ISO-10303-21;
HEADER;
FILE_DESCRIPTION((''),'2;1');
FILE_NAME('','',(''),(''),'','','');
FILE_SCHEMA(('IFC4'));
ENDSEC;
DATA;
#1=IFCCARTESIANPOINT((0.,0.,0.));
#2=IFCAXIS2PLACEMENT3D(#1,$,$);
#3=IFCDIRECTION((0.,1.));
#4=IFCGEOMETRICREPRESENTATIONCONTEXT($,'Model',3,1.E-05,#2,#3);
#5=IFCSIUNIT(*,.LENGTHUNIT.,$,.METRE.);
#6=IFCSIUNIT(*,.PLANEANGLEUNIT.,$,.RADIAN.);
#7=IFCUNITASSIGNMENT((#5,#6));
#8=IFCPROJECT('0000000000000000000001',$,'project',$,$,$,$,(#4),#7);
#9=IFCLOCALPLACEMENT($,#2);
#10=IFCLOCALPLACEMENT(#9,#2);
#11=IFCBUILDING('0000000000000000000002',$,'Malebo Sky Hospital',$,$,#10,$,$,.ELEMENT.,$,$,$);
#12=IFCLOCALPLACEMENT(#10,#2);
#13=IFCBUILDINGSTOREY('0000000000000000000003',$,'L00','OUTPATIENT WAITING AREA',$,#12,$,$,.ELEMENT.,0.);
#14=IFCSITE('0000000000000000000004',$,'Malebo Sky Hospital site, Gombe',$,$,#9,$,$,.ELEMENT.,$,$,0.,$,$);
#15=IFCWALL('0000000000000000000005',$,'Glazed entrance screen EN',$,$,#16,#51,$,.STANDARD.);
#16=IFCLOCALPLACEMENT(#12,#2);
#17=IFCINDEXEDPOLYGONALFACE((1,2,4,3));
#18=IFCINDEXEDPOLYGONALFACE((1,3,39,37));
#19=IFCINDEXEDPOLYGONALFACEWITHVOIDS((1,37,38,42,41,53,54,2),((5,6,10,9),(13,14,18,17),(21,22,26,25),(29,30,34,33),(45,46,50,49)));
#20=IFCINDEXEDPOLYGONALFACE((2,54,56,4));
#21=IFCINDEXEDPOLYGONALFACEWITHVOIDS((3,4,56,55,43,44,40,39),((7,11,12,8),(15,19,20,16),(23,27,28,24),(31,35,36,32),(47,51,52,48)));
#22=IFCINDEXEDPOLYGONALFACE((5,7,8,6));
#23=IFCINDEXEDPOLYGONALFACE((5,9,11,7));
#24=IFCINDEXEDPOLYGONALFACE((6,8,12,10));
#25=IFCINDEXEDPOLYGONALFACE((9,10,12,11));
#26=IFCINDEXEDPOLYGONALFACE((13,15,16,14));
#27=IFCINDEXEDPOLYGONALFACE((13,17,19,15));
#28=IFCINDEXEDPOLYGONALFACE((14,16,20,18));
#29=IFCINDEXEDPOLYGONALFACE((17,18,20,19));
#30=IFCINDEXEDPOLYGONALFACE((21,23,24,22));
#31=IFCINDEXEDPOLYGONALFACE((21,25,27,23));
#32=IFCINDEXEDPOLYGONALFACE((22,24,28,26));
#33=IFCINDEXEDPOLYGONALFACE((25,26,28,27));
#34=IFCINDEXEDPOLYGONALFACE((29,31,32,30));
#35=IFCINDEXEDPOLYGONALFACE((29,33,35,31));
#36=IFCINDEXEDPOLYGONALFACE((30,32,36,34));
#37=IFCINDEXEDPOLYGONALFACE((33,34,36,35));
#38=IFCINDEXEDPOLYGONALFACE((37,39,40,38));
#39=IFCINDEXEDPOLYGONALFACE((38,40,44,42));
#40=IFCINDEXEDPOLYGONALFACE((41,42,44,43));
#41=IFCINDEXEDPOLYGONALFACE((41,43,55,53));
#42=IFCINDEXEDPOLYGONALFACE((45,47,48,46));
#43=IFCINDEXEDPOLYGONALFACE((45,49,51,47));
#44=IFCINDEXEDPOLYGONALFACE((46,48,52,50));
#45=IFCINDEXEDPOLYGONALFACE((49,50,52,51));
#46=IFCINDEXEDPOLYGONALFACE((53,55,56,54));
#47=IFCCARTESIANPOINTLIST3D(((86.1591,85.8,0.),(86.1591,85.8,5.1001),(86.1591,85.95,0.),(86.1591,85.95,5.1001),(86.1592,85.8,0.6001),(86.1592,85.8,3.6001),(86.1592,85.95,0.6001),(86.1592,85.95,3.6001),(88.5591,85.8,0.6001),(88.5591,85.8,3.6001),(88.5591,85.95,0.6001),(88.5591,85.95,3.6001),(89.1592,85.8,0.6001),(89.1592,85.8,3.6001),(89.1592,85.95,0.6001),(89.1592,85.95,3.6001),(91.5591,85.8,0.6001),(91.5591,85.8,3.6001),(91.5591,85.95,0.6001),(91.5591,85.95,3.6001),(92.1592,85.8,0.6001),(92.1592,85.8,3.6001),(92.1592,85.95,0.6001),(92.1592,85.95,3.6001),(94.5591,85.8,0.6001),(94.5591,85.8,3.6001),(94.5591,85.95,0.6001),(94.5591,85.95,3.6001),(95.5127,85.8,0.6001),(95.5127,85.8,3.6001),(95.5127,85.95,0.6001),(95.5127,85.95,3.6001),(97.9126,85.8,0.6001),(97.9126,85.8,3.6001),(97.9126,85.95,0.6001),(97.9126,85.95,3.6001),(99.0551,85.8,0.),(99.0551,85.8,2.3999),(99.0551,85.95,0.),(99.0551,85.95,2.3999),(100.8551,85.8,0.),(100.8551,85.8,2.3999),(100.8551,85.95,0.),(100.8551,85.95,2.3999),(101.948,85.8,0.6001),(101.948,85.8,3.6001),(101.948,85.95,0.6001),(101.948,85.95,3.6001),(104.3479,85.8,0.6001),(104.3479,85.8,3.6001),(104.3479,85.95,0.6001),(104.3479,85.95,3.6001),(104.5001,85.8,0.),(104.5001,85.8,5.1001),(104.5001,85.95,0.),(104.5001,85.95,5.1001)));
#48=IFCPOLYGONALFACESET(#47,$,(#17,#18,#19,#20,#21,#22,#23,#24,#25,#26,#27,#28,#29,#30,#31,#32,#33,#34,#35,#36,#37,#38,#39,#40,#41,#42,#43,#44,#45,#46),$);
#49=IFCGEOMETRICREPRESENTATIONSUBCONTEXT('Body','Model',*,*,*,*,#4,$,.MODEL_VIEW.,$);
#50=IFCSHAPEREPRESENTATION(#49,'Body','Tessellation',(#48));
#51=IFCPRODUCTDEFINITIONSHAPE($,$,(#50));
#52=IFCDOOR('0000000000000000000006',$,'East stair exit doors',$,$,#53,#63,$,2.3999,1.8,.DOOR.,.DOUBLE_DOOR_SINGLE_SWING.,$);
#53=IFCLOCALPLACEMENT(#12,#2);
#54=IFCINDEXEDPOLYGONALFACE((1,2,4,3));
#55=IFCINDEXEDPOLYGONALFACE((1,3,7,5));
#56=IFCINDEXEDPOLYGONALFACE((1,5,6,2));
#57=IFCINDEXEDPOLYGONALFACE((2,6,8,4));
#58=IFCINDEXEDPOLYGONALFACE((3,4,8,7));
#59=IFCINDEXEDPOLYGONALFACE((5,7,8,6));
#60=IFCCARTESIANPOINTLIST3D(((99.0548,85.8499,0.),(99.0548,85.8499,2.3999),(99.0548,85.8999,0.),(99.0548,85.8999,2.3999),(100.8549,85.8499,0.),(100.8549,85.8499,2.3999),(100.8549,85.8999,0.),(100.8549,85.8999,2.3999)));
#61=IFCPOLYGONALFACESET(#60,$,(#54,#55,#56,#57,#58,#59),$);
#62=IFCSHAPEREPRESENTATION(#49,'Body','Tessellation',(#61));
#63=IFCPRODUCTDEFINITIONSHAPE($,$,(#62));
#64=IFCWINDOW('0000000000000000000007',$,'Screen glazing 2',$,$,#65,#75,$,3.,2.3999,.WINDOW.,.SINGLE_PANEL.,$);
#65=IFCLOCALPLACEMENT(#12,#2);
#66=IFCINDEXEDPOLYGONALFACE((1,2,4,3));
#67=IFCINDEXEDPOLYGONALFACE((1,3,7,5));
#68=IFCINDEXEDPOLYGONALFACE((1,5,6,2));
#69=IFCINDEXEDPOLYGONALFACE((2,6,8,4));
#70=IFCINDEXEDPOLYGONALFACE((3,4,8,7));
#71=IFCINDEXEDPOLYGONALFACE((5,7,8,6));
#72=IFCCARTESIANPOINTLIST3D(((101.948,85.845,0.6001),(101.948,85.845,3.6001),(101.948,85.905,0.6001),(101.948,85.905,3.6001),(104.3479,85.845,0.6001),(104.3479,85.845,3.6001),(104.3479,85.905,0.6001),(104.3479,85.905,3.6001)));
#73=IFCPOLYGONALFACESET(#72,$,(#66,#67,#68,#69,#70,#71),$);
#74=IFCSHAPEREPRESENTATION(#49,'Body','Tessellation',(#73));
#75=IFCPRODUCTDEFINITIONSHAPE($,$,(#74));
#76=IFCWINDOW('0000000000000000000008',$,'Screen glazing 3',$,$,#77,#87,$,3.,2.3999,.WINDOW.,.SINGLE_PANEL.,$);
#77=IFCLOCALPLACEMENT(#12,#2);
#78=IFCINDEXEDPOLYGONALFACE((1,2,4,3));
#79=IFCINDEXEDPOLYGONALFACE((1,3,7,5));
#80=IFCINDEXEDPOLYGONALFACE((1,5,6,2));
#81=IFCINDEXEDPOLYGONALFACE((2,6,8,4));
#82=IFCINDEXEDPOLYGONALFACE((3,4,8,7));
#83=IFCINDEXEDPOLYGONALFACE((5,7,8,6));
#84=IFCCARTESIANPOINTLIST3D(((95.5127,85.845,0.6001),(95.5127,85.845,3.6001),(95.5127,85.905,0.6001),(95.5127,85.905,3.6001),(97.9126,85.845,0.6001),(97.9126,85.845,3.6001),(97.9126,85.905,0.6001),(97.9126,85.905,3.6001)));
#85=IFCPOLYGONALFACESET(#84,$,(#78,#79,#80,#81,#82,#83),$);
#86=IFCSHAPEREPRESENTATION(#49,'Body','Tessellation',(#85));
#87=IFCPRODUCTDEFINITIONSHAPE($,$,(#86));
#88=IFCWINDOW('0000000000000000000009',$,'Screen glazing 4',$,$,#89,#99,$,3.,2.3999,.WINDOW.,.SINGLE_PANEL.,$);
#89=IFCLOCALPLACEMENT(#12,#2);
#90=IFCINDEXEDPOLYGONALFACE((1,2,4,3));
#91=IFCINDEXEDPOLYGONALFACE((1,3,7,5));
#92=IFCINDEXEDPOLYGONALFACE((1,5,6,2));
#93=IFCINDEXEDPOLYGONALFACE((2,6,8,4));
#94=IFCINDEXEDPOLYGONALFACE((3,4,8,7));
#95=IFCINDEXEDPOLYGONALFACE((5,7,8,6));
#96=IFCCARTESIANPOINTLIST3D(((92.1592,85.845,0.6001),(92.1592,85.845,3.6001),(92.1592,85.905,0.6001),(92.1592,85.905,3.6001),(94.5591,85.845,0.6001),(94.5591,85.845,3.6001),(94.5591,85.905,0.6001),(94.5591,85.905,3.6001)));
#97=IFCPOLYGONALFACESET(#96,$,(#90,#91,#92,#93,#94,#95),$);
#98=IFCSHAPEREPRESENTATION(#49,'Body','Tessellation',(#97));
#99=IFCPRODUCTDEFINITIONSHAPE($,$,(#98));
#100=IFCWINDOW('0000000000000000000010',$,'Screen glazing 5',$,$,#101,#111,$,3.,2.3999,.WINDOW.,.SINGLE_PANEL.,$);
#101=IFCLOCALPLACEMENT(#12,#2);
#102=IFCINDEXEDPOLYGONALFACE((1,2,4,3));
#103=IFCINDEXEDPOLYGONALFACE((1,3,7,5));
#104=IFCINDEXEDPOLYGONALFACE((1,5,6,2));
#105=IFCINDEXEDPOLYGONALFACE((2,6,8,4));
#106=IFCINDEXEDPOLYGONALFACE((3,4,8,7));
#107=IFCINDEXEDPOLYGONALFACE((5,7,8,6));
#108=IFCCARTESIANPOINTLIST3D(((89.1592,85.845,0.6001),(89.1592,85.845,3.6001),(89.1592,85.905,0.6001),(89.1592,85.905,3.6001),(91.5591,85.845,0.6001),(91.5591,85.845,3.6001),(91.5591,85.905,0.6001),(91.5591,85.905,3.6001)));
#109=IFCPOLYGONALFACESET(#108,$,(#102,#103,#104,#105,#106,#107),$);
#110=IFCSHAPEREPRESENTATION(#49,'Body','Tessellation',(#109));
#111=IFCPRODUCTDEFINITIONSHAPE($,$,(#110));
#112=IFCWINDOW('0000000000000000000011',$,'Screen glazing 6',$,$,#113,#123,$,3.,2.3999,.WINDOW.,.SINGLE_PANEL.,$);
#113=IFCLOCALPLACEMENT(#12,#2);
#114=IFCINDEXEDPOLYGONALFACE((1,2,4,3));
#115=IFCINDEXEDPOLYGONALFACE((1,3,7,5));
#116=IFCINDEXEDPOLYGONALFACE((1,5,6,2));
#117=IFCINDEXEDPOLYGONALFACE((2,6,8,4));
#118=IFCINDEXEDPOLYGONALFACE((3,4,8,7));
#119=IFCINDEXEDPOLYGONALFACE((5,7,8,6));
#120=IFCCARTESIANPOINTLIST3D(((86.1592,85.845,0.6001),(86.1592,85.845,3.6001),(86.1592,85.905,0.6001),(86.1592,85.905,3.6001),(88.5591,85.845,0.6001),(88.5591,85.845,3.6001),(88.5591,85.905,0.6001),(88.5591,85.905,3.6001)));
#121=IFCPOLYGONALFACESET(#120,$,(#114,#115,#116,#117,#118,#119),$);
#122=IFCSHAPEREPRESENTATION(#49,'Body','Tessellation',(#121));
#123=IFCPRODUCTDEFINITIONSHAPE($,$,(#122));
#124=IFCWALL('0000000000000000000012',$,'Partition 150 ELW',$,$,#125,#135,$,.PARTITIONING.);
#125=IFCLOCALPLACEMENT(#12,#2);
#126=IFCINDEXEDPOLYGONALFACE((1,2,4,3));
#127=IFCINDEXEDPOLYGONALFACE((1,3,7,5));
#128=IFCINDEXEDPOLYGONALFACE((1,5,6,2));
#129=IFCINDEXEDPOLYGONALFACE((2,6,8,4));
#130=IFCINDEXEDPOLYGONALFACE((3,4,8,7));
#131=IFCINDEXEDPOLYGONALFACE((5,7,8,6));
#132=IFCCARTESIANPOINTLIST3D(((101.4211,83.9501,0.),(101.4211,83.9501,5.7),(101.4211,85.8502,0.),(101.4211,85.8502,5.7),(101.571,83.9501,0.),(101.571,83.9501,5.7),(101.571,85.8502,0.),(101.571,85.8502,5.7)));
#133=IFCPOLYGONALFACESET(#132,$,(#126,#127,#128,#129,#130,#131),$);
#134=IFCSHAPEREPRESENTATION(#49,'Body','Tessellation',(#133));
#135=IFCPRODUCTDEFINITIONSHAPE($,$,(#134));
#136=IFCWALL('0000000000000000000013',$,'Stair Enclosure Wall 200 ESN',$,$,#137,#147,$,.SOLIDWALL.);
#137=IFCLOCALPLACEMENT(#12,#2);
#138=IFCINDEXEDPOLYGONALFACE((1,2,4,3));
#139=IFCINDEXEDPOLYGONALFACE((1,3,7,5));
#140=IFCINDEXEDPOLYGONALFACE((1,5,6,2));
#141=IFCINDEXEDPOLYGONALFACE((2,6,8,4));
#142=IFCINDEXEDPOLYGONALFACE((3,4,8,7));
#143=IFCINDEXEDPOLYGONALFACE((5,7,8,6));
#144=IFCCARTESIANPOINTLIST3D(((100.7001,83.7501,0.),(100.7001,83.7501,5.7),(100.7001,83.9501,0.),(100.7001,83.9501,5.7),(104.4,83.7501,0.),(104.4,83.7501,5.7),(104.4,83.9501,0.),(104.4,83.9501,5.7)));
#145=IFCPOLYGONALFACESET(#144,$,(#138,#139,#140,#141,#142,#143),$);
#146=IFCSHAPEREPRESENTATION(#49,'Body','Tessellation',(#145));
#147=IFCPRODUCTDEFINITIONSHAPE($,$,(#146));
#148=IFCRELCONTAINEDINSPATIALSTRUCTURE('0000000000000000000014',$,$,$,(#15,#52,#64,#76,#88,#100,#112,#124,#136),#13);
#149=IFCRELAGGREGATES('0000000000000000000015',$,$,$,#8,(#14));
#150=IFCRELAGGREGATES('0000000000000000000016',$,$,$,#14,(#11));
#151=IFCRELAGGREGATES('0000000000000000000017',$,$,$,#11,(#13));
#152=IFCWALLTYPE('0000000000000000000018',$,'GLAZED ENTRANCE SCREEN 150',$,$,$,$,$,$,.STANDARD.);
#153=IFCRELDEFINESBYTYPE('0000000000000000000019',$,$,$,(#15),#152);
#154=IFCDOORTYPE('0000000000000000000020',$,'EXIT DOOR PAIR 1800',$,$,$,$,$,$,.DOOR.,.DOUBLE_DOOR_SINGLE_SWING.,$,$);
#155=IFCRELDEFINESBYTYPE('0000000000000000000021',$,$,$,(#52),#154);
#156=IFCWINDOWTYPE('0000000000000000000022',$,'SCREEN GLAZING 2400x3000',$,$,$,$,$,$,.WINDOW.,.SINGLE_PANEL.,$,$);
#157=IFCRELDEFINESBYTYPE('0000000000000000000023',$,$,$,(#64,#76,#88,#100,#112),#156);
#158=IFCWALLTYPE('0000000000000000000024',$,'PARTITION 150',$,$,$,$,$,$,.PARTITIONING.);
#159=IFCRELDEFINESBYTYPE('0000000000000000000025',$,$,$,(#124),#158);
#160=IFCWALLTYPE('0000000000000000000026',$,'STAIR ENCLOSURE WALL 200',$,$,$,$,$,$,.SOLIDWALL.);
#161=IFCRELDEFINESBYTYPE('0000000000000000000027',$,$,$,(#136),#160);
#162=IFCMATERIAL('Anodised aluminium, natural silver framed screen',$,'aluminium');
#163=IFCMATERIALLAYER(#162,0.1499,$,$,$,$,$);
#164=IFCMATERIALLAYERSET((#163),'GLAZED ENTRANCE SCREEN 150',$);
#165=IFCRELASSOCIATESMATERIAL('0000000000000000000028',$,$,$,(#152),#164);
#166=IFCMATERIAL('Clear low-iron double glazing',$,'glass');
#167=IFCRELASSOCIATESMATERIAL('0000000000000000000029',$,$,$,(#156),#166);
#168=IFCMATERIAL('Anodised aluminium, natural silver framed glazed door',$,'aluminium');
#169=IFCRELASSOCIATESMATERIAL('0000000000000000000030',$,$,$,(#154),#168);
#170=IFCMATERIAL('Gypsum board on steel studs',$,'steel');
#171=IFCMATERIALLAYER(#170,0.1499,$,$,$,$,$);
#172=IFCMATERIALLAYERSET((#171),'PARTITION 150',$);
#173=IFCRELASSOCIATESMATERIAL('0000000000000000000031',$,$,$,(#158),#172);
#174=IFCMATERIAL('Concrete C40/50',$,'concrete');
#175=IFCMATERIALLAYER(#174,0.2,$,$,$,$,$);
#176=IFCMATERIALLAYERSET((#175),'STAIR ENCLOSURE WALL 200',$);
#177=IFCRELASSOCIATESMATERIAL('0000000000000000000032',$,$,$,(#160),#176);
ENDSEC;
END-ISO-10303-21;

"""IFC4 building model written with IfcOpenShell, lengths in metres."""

from ifc_helpers import new_model, si_unit, direction, frame, frame_2d, origin, place, context, subcontext, project, spatial, rectangle, extrude, material, layer, layer_set, type_object, element, fill, save


model = new_model("IFC4")

# Units and contexts
model_context = context("Model", 3, precision=1e-05, world=origin(), true_north=direction((0.0, 1.0)))
body_context = subcontext(model_context, "Body", "Model", "MODEL_VIEW")
ifc_project = project(units=[si_unit("LENGTHUNIT", "METRE"), si_unit("PLANEANGLEUNIT", "RADIAN")], contexts=[model_context])

# Site, building, storey
site_placement = place(None, origin())
site = spatial("IfcSite", under=ifc_project, at=site_placement, Name="Malebo Sky Hospital site, Gombe", CompositionType="ELEMENT", RefElevation=0.0)
building_placement = place(site_placement, origin())
building = spatial("IfcBuilding", under=site, at=building_placement, Name="Malebo Sky Hospital", CompositionType="ELEMENT")
storey_placement = place(building_placement, origin())
storey = spatial("IfcBuildingStorey", under=building, at=storey_placement, Name="L00", Description="OUTPATIENT WAITING AREA", CompositionType="ELEMENT", Elevation=0.0)

# Shared definitions
ifc_material_1 = material(Name="Concrete C40/50", Category="concrete")

# Shared definitions
ifc_material_2 = material(Name="Anodised aluminium, natural silver framed screen", Category="aluminium")
ifc_layer_1 = layer(ifc_material_2, 0.1499)
ifc_layer_set_1 = layer_set([ifc_layer_1], Name="GLAZED ENTRANCE SCREEN 150")
wall_type_1 = type_object("IfcWallType", Name="GLAZED ENTRANCE SCREEN 150", PredefinedType="STANDARD", material=ifc_layer_set_1)
ifc_material_3 = material(Name="Clear low-iron double glazing", Category="glass")
window_type = type_object("IfcWindowType", Name="SCREEN GLAZING 2400x3000", PartitioningType="SINGLE_PANEL", PredefinedType="WINDOW", material=ifc_material_3)

# Wall, openings, door, windows
wall_1_placement = place(storey_placement, frame((104.5, 85.875, 0.0), z_axis=(0.0, 0.0, 1.0), x_axis=(-1.0, 0.0, 0.0)))
wall_1 = element("IfcWall", 1, at=wall_1_placement, inside=storey, type_object=wall_type_1, Name="Glazed entrance screen EN", PredefinedType="STANDARD", context=body_context, shape_type="SweptSolid", body=[
    extrude(rectangle(XDim=18.3411, YDim=0.1499, at=frame_2d((9.1704, 0.0))), origin(), (0.0, 0.0, 1.0), 5.1001),
])
opening_1_placement = place(wall_1_placement, frame((3.645, 0.0, 0.0)))
opening_1 = element("IfcOpeningElement", 2, at=opening_1_placement, cuts=wall_1, PredefinedType="OPENING", context=body_context, shape_type="SweptSolid", body=[
    extrude(rectangle(XDim=1.8, YDim=2.3999, at=frame_2d((0.8999, 1.2))), frame((0.0, 0.085, 0.0), z_axis=(0.0, -1.0, 0.0), x_axis=(1.0, 0.0, 0.0)), (0.0, 0.0, 1.0), 0.1699),
])
opening_2_placement = place(wall_1_placement, frame((0.1521, 0.0, 0.6001)))
opening_2 = element("IfcOpeningElement", 3, at=opening_2_placement, cuts=wall_1, PredefinedType="OPENING", context=body_context, shape_type="SweptSolid", body=[
    extrude(rectangle(XDim=2.3999, YDim=3.0, at=frame_2d((1.2, 1.5))), frame((0.0, 0.085, 0.0), z_axis=(0.0, -1.0, 0.0), x_axis=(1.0, 0.0, 0.0)), (0.0, 0.0, 1.0), 0.1699),
])
opening_3_placement = place(wall_1_placement, frame((6.5874, 0.0, 0.6001)))
opening_3 = element("IfcOpeningElement", 4, at=opening_3_placement, cuts=wall_1, PredefinedType="OPENING", context=body_context, shape_type="SweptSolid", body=[
    extrude(rectangle(XDim=2.3999, YDim=3.0, at=frame_2d((1.2, 1.5))), frame((0.0, 0.085, 0.0), z_axis=(0.0, -1.0, 0.0), x_axis=(1.0, 0.0, 0.0)), (0.0, 0.0, 1.0), 0.1699),
])
opening_4_placement = place(wall_1_placement, frame((9.9409, 0.0, 0.6001)))
opening_4 = element("IfcOpeningElement", 5, at=opening_4_placement, cuts=wall_1, PredefinedType="OPENING", context=body_context, shape_type="SweptSolid", body=[
    extrude(rectangle(XDim=2.3999, YDim=3.0, at=frame_2d((1.2, 1.5))), frame((0.0, 0.085, 0.0), z_axis=(0.0, -1.0, 0.0), x_axis=(1.0, 0.0, 0.0)), (0.0, 0.0, 1.0), 0.1699),
])
opening_5_placement = place(wall_1_placement, frame((12.9409, 0.0, 0.6001)))
opening_5 = element("IfcOpeningElement", 6, at=opening_5_placement, cuts=wall_1, PredefinedType="OPENING", context=body_context, shape_type="SweptSolid", body=[
    extrude(rectangle(XDim=2.3999, YDim=3.0, at=frame_2d((1.2, 1.5))), frame((0.0, 0.085, 0.0), z_axis=(0.0, -1.0, 0.0), x_axis=(1.0, 0.0, 0.0)), (0.0, 0.0, 1.0), 0.1699),
])
opening_6_placement = place(wall_1_placement, frame((15.9409, 0.0, 0.6001)))
opening_6 = element("IfcOpeningElement", 7, at=opening_6_placement, cuts=wall_1, PredefinedType="OPENING", context=body_context, shape_type="SweptSolid", body=[
    extrude(rectangle(XDim=2.3999, YDim=3.0, at=frame_2d((1.2, 1.5))), frame((0.0, 0.085, 0.0), z_axis=(0.0, -1.0, 0.0), x_axis=(1.0, 0.0, 0.0)), (0.0, 0.0, 1.0), 0.1699),
])
ifc_material_4 = material(Name="Anodised aluminium, natural silver framed glazed door", Category="aluminium")
door_type_1 = type_object("IfcDoorType", Name="EXIT DOOR PAIR 1800", OperationType="DOUBLE_DOOR_SINGLE_SWING", PredefinedType="DOOR", material=ifc_material_4)
door_1_placement = place(opening_1_placement, frame((1.8, 0.0, 0.0), z_axis=(0.0, 0.0, 1.0), x_axis=(-1.0, 0.0, 0.0)))
door_1 = element("IfcDoor", 8, at=door_1_placement, inside=storey, type_object=door_type_1, Name="East stair exit doors", OperationType="DOUBLE_DOOR_SINGLE_SWING", OverallHeight=2.3999, OverallWidth=1.8, PredefinedType="DOOR", context=body_context, shape_type="SweptSolid", body=[
    extrude(rectangle(XDim=1.8, YDim=2.3999, at=frame_2d((0.8999, 1.2))), frame((0.0, 0.0249, 0.0), z_axis=(0.0, -1.0, 0.0), x_axis=(1.0, 0.0, 0.0)), (0.0, 0.0, 1.0), 0.05),
])
fill(opening_1, door_1)
window_1_placement = place(opening_2_placement, origin())
window_1 = element("IfcWindow", 9, at=window_1_placement, inside=storey, type_object=window_type, Name="Screen glazing 2", OverallHeight=3.0, OverallWidth=2.3999, PartitioningType="SINGLE_PANEL", PredefinedType="WINDOW", context=body_context, shape_type="SweptSolid", body=[
    extrude(rectangle(XDim=2.3999, YDim=3.0, at=frame_2d((1.2, 1.5))), frame((0.0, 0.03, 0.0), z_axis=(0.0, -1.0, 0.0), x_axis=(1.0, 0.0, 0.0)), (0.0, 0.0, 1.0), 0.0601),
])
fill(opening_2, window_1)
window_2_placement = place(opening_3_placement, origin())
window_2 = element("IfcWindow", 10, at=window_2_placement, inside=storey, type_object=window_type, Name="Screen glazing 3", OverallHeight=3.0, OverallWidth=2.3999, PartitioningType="SINGLE_PANEL", PredefinedType="WINDOW", context=body_context, shape_type="SweptSolid", body=[
    extrude(rectangle(XDim=2.3999, YDim=3.0, at=frame_2d((1.2, 1.5))), frame((0.0, 0.03, 0.0), z_axis=(0.0, -1.0, 0.0), x_axis=(1.0, 0.0, 0.0)), (0.0, 0.0, 1.0), 0.0601),
])
fill(opening_3, window_2)
window_3_placement = place(opening_4_placement, origin())
window_3 = element("IfcWindow", 11, at=window_3_placement, inside=storey, type_object=window_type, Name="Screen glazing 4", OverallHeight=3.0, OverallWidth=2.3999, PartitioningType="SINGLE_PANEL", PredefinedType="WINDOW", context=body_context, shape_type="SweptSolid", body=[
    extrude(rectangle(XDim=2.3999, YDim=3.0, at=frame_2d((1.2, 1.5))), frame((0.0, 0.03, 0.0), z_axis=(0.0, -1.0, 0.0), x_axis=(1.0, 0.0, 0.0)), (0.0, 0.0, 1.0), 0.0601),
])
fill(opening_4, window_3)
window_4_placement = place(opening_5_placement, origin())
window_4 = element("IfcWindow", 12, at=window_4_placement, inside=storey, type_object=window_type, Name="Screen glazing 5", OverallHeight=3.0, OverallWidth=2.3999, PartitioningType="SINGLE_PANEL", PredefinedType="WINDOW", context=body_context, shape_type="SweptSolid", body=[
    extrude(rectangle(XDim=2.3999, YDim=3.0, at=frame_2d((1.2, 1.5))), frame((0.0, 0.03, 0.0), z_axis=(0.0, -1.0, 0.0), x_axis=(1.0, 0.0, 0.0)), (0.0, 0.0, 1.0), 0.0601),
])
fill(opening_5, window_4)
window_5_placement = place(opening_6_placement, origin())
window_5 = element("IfcWindow", 13, at=window_5_placement, inside=storey, type_object=window_type, Name="Screen glazing 6", OverallHeight=3.0, OverallWidth=2.3999, PartitioningType="SINGLE_PANEL", PredefinedType="WINDOW", context=body_context, shape_type="SweptSolid", body=[
    extrude(rectangle(XDim=2.3999, YDim=3.0, at=frame_2d((1.2, 1.5))), frame((0.0, 0.03, 0.0), z_axis=(0.0, -1.0, 0.0), x_axis=(1.0, 0.0, 0.0)), (0.0, 0.0, 1.0), 0.0601),
])
fill(opening_6, window_5)

# Walls
ifc_material_5 = material(Name="Gypsum board on steel studs", Category="steel")
ifc_layer_2 = layer(ifc_material_5, 0.1499)
ifc_layer_set_2 = layer_set([ifc_layer_2], Name="PARTITION 150")
wall_type_2 = type_object("IfcWallType", Name="PARTITION 150", PredefinedType="PARTITIONING", material=ifc_layer_set_2)
wall_2_placement = place(storey_placement, frame((101.4961, 83.95, 0.0), z_axis=(0.0, 0.0, 1.0), x_axis=(0.0, 1.0, 0.0)))
element("IfcWall", 14, at=wall_2_placement, inside=storey, type_object=wall_type_2, Name="Partition 150 ELW", PredefinedType="PARTITIONING", context=body_context, shape_type="SweptSolid", body=[
    extrude(rectangle(XDim=1.9001, YDim=0.1499, at=frame_2d((0.9502, 0.0))), origin(), (0.0, 0.0, 1.0), 5.7),
])
ifc_layer_3 = layer(ifc_material_1, 0.2)
ifc_layer_set_3 = layer_set([ifc_layer_3], Name="STAIR ENCLOSURE WALL 200")
wall_type_3 = type_object("IfcWallType", Name="STAIR ENCLOSURE WALL 200", PredefinedType="SOLIDWALL", material=ifc_layer_set_3)
wall_3_placement = place(storey_placement, frame((100.7, 83.8501, 0.0), z_axis=(0.0, 0.0, 1.0), x_axis=(1.0, 0.0, 0.0)))
element("IfcWall", 15, at=wall_3_placement, inside=storey, type_object=wall_type_3, Name="Stair Enclosure Wall 200 ESN", PredefinedType="SOLIDWALL", context=body_context, shape_type="SweptSolid", body=[
    extrude(rectangle(XDim=3.7, YDim=0.2, at=frame_2d((1.8501, 0.0))), origin(), (0.0, 0.0, 1.0), 5.7),
])

save(model, "model.ifc")
